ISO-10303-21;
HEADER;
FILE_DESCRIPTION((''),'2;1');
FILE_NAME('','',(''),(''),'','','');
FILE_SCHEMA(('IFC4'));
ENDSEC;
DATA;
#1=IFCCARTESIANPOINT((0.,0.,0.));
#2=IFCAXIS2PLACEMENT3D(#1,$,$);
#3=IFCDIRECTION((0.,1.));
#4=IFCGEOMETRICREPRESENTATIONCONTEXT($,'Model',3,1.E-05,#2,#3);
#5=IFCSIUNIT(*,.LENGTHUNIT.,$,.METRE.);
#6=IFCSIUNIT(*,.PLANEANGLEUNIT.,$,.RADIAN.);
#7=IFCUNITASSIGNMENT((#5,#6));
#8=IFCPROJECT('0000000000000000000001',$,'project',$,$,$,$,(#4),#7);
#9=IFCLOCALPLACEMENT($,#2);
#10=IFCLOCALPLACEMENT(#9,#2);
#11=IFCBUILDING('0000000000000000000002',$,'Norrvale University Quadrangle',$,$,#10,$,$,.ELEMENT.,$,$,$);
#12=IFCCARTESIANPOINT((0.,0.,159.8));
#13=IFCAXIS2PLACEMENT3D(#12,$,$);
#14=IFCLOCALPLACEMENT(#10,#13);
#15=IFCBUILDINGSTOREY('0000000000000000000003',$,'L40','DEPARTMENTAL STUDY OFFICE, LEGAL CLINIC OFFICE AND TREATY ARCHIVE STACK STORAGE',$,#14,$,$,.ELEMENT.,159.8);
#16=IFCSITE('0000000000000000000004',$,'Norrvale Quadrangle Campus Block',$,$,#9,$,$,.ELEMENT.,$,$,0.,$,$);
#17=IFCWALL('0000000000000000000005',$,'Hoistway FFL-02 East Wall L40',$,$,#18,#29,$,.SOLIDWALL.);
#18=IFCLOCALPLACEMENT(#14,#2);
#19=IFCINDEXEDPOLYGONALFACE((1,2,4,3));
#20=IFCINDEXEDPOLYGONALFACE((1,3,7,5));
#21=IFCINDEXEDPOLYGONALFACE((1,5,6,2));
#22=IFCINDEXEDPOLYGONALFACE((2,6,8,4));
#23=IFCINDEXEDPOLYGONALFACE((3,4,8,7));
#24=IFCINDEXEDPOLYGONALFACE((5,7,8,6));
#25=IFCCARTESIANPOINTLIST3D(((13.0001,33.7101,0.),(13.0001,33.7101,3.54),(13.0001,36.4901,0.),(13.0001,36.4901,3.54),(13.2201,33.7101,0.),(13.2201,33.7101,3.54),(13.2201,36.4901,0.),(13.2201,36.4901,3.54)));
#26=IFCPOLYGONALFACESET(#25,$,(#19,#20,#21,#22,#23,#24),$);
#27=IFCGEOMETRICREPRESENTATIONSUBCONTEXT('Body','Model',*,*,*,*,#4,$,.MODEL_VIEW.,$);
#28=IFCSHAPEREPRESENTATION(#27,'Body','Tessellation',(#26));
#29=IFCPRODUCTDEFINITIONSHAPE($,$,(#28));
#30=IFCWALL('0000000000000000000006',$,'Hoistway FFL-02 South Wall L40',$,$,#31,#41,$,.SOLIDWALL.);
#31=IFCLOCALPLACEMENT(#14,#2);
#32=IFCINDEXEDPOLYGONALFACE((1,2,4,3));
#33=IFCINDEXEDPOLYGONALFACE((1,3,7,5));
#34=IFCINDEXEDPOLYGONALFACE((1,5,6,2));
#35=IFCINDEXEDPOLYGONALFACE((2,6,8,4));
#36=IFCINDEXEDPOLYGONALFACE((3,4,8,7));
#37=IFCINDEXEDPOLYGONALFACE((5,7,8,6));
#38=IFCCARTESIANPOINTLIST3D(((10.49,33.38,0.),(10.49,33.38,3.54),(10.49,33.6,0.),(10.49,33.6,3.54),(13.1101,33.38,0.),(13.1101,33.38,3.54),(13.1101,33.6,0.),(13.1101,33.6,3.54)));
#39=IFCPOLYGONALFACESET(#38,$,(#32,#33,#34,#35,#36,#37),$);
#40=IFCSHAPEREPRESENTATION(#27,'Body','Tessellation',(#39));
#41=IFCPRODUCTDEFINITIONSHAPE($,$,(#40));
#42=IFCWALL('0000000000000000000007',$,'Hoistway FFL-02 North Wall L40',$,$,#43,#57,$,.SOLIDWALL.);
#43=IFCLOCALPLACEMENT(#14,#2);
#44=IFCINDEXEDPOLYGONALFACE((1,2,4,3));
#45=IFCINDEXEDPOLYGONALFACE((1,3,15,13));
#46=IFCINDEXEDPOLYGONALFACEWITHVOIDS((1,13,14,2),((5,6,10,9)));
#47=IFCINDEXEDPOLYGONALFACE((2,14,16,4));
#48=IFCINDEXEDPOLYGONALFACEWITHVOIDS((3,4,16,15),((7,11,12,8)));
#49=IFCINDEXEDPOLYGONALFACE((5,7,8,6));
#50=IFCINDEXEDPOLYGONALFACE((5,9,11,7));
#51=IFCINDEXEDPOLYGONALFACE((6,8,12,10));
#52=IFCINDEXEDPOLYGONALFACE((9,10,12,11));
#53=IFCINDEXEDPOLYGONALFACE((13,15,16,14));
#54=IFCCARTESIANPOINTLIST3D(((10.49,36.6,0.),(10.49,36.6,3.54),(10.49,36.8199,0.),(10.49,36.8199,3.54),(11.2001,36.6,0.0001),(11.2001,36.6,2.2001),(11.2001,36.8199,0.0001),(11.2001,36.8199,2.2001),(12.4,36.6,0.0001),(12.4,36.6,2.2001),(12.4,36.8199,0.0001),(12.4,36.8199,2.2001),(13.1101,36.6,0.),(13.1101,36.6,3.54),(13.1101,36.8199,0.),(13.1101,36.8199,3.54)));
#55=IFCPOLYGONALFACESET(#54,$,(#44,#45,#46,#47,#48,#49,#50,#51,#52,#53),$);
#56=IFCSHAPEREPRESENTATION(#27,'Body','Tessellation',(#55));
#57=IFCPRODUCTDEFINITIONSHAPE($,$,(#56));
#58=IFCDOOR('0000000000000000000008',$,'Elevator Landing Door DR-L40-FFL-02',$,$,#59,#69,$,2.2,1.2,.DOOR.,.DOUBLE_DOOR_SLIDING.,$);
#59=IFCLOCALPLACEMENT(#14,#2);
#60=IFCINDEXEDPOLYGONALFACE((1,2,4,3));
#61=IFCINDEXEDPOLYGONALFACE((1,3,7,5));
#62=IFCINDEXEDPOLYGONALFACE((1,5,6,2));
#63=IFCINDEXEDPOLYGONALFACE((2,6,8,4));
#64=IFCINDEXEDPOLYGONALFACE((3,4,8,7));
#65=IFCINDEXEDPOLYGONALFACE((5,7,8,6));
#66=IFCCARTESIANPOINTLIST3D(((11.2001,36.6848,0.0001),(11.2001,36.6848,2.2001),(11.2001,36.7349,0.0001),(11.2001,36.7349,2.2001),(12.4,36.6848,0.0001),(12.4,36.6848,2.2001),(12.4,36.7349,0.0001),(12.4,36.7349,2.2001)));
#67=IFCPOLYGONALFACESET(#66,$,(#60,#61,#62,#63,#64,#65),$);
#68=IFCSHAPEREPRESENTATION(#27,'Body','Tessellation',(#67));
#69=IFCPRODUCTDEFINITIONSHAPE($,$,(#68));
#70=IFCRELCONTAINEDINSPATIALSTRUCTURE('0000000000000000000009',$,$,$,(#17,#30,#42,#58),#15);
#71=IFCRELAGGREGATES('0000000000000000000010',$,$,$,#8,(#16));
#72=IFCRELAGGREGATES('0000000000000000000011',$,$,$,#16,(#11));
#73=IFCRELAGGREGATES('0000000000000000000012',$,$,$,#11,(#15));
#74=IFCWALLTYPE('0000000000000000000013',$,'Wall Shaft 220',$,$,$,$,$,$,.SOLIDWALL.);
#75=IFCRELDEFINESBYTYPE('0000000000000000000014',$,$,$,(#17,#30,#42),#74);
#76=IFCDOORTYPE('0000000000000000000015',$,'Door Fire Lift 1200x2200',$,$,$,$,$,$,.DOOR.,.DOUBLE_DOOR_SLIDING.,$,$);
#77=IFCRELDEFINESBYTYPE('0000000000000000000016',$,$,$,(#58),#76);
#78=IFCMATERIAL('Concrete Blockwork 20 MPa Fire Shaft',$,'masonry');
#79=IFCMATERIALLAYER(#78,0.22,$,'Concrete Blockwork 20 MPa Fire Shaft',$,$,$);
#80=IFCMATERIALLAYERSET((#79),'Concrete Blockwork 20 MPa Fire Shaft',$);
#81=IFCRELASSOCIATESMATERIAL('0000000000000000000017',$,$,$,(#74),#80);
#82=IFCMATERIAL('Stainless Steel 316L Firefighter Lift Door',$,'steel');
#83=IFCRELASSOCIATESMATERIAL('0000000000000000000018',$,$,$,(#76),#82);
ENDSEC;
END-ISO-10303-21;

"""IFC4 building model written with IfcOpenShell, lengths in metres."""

from ifc_helpers import new_model, si_unit, direction, frame, frame_2d, origin, place, context, subcontext, project, spatial, rectangle, extrude, material, layer, layer_set, type_object, element, fill, save


model = new_model("IFC4")

# Units and contexts
model_context = context("Model", 3, precision=1e-05, world=origin(), true_north=direction((0.0, 1.0)))
body_context = subcontext(model_context, "Body", "Model", "MODEL_VIEW")
ifc_project = project(units=[si_unit("LENGTHUNIT", "METRE"), si_unit("PLANEANGLEUNIT", "RADIAN")], contexts=[model_context])

# Site, building, storey
site_placement = place(None, origin())
site = spatial("IfcSite", under=ifc_project, at=site_placement, Name="Norrvale Quadrangle Campus Block", CompositionType="ELEMENT", RefElevation=0.0)
building_placement = place(site_placement, origin())
building = spatial("IfcBuilding", under=site, at=building_placement, Name="Norrvale University Quadrangle", CompositionType="ELEMENT")
storey_placement = place(building_placement, frame((0.0, 0.0, 159.8)))
storey = spatial("IfcBuildingStorey", under=building, at=storey_placement, Name="L40", Description="DEPARTMENTAL STUDY OFFICE, LEGAL CLINIC OFFICE AND TREATY ARCHIVE STACK STORAGE", CompositionType="ELEMENT", Elevation=159.8)

# Shared definitions
ifc_material_1 = material(Name="Concrete Blockwork 20 MPa Fire Shaft", Category="masonry")
ifc_layer_1 = layer(ifc_material_1, 0.22, Name="Concrete Blockwork 20 MPa Fire Shaft")
ifc_layer_set_1 = layer_set([ifc_layer_1], Name="Concrete Blockwork 20 MPa Fire Shaft")
wall_type_1 = type_object("IfcWallType", Name="Wall Shaft 220", PredefinedType="SOLIDWALL", material=ifc_layer_set_1)

# Shared definitions
ifc_material_2 = material(Name="Stainless Steel 316L Firefighter Lift Door", Category="steel")
door_type_1 = type_object("IfcDoorType", Name="Door Fire Lift 1200x2200", OperationType="DOUBLE_DOOR_SLIDING", PredefinedType="DOOR", material=ifc_material_2)

# Walls
for number, where, z_axis, x_axis, name in (
    (1, (13.1101, 33.71, 0.0), (0.0, 0.0, 1.0), (0.0, 1.0, 0.0), "Hoistway FFL-02 East Wall L40"),
):
    element("IfcWall", number, at=place(storey_placement, frame(where, z_axis=z_axis, x_axis=x_axis)), inside=storey, type_object=wall_type_1, Name=name, PredefinedType="SOLIDWALL", context=body_context, shape_type="SweptSolid", body=[
        extrude(rectangle(XDim=2.78, YDim=0.22, at=frame_2d((1.3901, 0.0))), origin(), (0.0, 0.0, 1.0), 3.54),
    ])
wall_1_placement = place(storey_placement, frame((10.49, 33.49, 0.0), z_axis=(0.0, 0.0, 1.0), x_axis=(1.0, 0.0, 0.0)))
element("IfcWall", 2, at=wall_1_placement, inside=storey, type_object=wall_type_1, Name="Hoistway FFL-02 South Wall L40", PredefinedType="SOLIDWALL", context=body_context, shape_type="SweptSolid", body=[
    extrude(rectangle(XDim=2.6201, YDim=0.22, at=frame_2d((1.3101, 0.0))), origin(), (0.0, 0.0, 1.0), 3.54),
])

# Wall, opening, door
wall_2_placement = place(storey_placement, frame((10.49, 36.71, 0.0), z_axis=(0.0, 0.0, 1.0), x_axis=(1.0, 0.0, 0.0)))
wall_2 = element("IfcWall", 3, at=wall_2_placement, inside=storey, type_object=wall_type_1, Name="Hoistway FFL-02 North Wall L40", PredefinedType="SOLIDWALL", context=body_context, shape_type="SweptSolid", body=[
    extrude(rectangle(XDim=2.6201, YDim=0.22, at=frame_2d((1.3101, 0.0))), origin(), (0.0, 0.0, 1.0), 3.54),
])
opening_1_placement = place(wall_2_placement, frame((0.71, 0.0, 0.0)))
opening_1 = element("IfcOpeningElement", 4, at=opening_1_placement, cuts=wall_2, PredefinedType="OPENING", context=body_context, shape_type="SweptSolid", body=[
    extrude(rectangle(XDim=1.2, YDim=2.2, at=frame_2d((0.6001, 1.1001))), frame((0.0, 0.1221, 0.0), z_axis=(0.0, -1.0, 0.0), x_axis=(1.0, 0.0, 0.0)), (0.0, 0.0, 1.0), 0.2439),
])
door_1_placement = place(opening_1_placement, origin())
door_1 = element("IfcDoor", 5, at=door_1_placement, inside=storey, type_object=door_type_1, Name="Elevator Landing Door DR-L40-FFL-02", OperationType="DOUBLE_DOOR_SLIDING", OverallHeight=2.2, OverallWidth=1.2, PredefinedType="DOOR", context=body_context, shape_type="SweptSolid", body=[
    extrude(rectangle(XDim=1.2, YDim=2.2, at=frame_2d((0.6001, 1.1001))), frame((0.0, 0.0249, 0.0), z_axis=(0.0, -1.0, 0.0), x_axis=(1.0, 0.0, 0.0)), (0.0, 0.0, 1.0), 0.05),
])
fill(opening_1, door_1)

save(model, "model.ifc")
